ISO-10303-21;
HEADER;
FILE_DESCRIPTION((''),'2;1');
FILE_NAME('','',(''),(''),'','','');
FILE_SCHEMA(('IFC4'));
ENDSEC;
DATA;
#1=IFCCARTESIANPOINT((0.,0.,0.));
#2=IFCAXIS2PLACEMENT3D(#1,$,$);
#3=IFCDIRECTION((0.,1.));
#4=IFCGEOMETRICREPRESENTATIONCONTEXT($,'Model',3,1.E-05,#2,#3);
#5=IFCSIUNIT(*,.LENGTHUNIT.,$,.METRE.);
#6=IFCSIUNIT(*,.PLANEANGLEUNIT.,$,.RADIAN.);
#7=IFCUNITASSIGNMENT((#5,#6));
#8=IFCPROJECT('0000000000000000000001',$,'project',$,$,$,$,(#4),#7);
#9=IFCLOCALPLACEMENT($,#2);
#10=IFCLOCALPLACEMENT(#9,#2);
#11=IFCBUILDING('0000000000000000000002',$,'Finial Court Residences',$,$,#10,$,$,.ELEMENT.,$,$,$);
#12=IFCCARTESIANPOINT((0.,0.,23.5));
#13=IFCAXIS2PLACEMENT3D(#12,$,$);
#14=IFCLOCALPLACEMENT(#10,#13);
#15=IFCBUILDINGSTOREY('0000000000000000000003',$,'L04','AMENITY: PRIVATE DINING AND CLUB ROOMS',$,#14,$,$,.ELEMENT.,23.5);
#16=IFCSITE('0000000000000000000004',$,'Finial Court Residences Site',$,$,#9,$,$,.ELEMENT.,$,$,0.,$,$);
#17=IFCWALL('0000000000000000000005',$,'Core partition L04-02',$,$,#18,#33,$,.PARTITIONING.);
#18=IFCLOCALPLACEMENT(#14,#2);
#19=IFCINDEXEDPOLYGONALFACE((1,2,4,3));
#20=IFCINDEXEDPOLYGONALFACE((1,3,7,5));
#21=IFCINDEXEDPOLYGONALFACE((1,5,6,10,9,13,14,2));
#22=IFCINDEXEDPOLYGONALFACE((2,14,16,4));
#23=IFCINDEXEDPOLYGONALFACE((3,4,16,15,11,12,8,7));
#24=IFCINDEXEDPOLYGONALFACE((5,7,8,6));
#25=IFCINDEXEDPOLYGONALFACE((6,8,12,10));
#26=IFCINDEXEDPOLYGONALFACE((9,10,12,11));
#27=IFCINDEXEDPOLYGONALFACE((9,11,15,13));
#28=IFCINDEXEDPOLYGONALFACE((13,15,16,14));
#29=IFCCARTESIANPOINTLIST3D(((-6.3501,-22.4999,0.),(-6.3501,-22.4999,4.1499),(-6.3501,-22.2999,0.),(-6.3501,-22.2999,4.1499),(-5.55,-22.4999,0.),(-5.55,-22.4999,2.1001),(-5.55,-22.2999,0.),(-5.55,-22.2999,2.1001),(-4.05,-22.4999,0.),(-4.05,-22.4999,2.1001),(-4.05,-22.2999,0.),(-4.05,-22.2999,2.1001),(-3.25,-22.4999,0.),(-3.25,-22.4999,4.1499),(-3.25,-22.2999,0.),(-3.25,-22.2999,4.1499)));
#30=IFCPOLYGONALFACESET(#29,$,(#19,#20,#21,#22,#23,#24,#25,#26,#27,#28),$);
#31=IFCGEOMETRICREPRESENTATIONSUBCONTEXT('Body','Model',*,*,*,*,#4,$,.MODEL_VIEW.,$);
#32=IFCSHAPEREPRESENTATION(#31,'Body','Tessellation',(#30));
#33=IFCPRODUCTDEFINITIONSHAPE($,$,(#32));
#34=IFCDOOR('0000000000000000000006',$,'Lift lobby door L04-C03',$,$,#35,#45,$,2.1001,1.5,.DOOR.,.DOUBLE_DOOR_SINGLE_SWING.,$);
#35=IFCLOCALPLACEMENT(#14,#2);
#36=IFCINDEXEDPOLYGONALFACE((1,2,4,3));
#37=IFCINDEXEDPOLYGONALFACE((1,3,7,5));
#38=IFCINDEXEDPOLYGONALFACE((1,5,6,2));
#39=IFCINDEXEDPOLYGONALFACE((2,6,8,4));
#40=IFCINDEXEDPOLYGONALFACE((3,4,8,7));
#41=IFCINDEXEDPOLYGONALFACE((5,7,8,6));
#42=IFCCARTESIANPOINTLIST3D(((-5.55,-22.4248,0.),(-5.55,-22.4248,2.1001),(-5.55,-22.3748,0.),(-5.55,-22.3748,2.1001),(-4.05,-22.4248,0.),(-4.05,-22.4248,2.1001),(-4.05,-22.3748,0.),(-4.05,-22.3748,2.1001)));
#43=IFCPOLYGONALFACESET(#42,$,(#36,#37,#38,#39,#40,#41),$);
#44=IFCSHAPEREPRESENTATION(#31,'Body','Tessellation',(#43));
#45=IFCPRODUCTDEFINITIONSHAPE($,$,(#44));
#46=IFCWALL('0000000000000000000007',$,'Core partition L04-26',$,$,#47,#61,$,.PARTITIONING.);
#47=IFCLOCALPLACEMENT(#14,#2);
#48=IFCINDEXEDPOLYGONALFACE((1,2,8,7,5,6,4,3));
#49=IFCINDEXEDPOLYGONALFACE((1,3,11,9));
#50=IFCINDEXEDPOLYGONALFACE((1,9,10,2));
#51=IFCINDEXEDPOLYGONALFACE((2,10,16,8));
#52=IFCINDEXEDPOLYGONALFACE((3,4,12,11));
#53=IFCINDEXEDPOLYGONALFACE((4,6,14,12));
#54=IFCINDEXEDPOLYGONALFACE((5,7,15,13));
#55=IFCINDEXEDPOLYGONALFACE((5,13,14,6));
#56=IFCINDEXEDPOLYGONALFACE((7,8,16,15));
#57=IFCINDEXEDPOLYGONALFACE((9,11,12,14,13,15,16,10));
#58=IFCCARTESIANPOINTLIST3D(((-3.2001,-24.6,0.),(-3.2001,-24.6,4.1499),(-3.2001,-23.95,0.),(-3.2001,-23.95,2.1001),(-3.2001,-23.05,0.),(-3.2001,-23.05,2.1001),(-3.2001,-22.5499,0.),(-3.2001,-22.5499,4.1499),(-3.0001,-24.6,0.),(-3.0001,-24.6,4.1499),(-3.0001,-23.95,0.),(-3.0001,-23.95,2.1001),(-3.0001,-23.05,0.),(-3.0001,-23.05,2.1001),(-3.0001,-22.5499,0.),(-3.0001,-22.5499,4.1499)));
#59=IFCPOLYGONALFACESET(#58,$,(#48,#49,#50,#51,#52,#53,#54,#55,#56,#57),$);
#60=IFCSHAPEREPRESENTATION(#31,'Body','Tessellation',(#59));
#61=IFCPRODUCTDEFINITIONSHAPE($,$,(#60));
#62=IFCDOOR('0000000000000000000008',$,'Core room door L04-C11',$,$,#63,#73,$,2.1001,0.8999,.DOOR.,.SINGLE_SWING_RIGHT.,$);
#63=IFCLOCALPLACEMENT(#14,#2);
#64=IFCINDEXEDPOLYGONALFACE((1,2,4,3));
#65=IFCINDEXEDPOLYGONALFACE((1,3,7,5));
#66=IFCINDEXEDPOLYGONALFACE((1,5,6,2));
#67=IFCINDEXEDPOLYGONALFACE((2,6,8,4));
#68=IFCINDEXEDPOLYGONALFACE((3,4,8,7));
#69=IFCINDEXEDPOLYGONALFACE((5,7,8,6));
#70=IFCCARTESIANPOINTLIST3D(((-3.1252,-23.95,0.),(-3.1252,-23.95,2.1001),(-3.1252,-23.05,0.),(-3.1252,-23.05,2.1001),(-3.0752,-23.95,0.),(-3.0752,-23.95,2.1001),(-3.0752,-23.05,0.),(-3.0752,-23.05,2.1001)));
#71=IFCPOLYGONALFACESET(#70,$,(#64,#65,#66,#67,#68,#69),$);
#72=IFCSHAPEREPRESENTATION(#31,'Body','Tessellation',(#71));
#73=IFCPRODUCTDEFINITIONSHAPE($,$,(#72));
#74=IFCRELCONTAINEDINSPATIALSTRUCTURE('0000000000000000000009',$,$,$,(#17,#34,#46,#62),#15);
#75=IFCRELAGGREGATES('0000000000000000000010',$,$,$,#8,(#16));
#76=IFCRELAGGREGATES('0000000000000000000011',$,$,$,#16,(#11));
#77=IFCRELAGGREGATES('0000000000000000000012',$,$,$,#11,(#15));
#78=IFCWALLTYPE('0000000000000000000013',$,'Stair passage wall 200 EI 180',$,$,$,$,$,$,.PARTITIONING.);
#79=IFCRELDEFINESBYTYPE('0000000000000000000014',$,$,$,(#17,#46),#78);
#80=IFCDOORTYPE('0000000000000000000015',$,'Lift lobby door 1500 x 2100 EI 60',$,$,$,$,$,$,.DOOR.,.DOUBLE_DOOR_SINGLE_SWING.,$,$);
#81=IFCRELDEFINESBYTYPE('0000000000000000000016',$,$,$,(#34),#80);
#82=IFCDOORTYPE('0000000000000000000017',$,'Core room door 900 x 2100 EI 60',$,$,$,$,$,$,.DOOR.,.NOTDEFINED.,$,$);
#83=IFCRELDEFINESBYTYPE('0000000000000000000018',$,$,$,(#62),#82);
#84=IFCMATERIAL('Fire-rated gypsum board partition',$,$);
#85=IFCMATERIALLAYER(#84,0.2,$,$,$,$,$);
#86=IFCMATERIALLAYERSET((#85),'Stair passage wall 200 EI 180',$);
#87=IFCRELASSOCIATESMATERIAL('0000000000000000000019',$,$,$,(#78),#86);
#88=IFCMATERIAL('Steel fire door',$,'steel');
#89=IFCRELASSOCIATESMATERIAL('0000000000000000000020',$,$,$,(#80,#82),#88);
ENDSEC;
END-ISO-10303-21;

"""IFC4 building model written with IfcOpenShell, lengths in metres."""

from ifc_helpers import new_model, si_unit, direction, frame, frame_2d, origin, place, context, subcontext, project, spatial, rectangle, extrude, material, layer, layer_set, type_object, element, fill, save


model = new_model("IFC4")

# Units and contexts
model_context = context("Model", 3, precision=1e-05, world=origin(), true_north=direction((0.0, 1.0)))
body_context = subcontext(model_context, "Body", "Model", "MODEL_VIEW")
ifc_project = project(units=[si_unit("LENGTHUNIT", "METRE"), si_unit("PLANEANGLEUNIT", "RADIAN")], contexts=[model_context])

# Site, building, storey
site_placement = place(None, origin())
site = spatial("IfcSite", under=ifc_project, at=site_placement, Name="Finial Court Residences Site", CompositionType="ELEMENT", RefElevation=0.0)
building_placement = place(site_placement, origin())
building = spatial("IfcBuilding", under=site, at=building_placement, Name="Finial Court Residences", CompositionType="ELEMENT")
storey_placement = place(building_placement, frame((0.0, 0.0, 23.5)))
storey = spatial("IfcBuildingStorey", under=building, at=storey_placement, Name="L04", Description="AMENITY: PRIVATE DINING AND CLUB ROOMS", CompositionType="ELEMENT", Elevation=23.5)

# Shared definitions
ifc_material_1 = material(Name="Fire-rated gypsum board partition")
ifc_material_2 = material(Name="Steel fire door", Category="steel")

# Walls, openings, doors
ifc_layer_1 = layer(ifc_material_1, 0.2)
ifc_layer_set_1 = layer_set([ifc_layer_1], Name="Stair passage wall 200 EI 180")
wall_type_1 = type_object("IfcWallType", Name="Stair passage wall 200 EI 180", PredefinedType="PARTITIONING", material=ifc_layer_set_1)
wall_1_placement = place(storey_placement, frame((-3.25, -22.3999, 0.0), z_axis=(0.0, 0.0, 1.0), x_axis=(-1.0, 0.0, 0.0)))
wall_1 = element("IfcWall", 1, at=wall_1_placement, inside=storey, type_object=wall_type_1, Name="Core partition L04-02", PredefinedType="PARTITIONING", context=body_context, shape_type="SweptSolid", body=[
    extrude(rectangle(XDim=3.1001, YDim=0.2, at=frame_2d((1.55, 0.0))), origin(), (0.0, 0.0, 1.0), 4.1499),
])
opening_1_placement = place(wall_1_placement, frame((0.8, 0.0, 0.0)))
opening_1 = element("IfcOpeningElement", 2, at=opening_1_placement, cuts=wall_1, PredefinedType="OPENING", context=body_context, shape_type="SweptSolid", body=[
    extrude(rectangle(XDim=1.5, YDim=2.1001, at=frame_2d((0.75, 1.05))), frame((0.0, 0.1099, 0.0), z_axis=(0.0, -1.0, 0.0), x_axis=(1.0, 0.0, 0.0)), (0.0, 0.0, 1.0), 0.22),
])
door_type_1 = type_object("IfcDoorType", Name="Lift lobby door 1500 x 2100 EI 60", OperationType="DOUBLE_DOOR_SINGLE_SWING", PredefinedType="DOOR", material=ifc_material_2)
door_1_placement = place(opening_1_placement, origin())
door_1 = element("IfcDoor", 3, at=door_1_placement, inside=storey, type_object=door_type_1, Name="Lift lobby door L04-C03", OperationType="DOUBLE_DOOR_SINGLE_SWING", OverallHeight=2.1001, OverallWidth=1.5, PredefinedType="DOOR", context=body_context, shape_type="SweptSolid", body=[
    extrude(rectangle(XDim=1.5, YDim=2.1001, at=frame_2d((0.75, 1.05))), frame((0.0, 0.0249, 0.0), z_axis=(0.0, -1.0, 0.0), x_axis=(1.0, 0.0, 0.0)), (0.0, 0.0, 1.0), 0.05),
])
fill(opening_1, door_1)
wall_2_placement = place(storey_placement, frame((-3.1001, -22.55, 0.0), z_axis=(0.0, 0.0, 1.0), x_axis=(0.0, -1.0, 0.0)))
wall_2 = element("IfcWall", 4, at=wall_2_placement, inside=storey, type_object=wall_type_1, Name="Core partition L04-26", PredefinedType="PARTITIONING", context=body_context, shape_type="SweptSolid", body=[
    extrude(rectangle(XDim=2.05, YDim=0.2, at=frame_2d((1.0249, 0.0))), origin(), (0.0, 0.0, 1.0), 4.1499),
])
opening_2_placement = place(wall_2_placement, frame((0.5, 0.0, 0.0)))
opening_2 = element("IfcOpeningElement", 5, at=opening_2_placement, cuts=wall_2, PredefinedType="OPENING", context=body_context, shape_type="SweptSolid", body=[
    extrude(rectangle(XDim=0.8999, YDim=2.1001, at=frame_2d((0.45, 1.05))), frame((0.0, 0.1099, 0.0), z_axis=(0.0, -1.0, 0.0), x_axis=(1.0, 0.0, 0.0)), (0.0, 0.0, 1.0), 0.22),
])
door_type_2 = type_object("IfcDoorType", Name="Core room door 900 x 2100 EI 60", OperationType="NOTDEFINED", PredefinedType="DOOR", material=ifc_material_2)
door_2_placement = place(opening_2_placement, origin())
door_2 = element("IfcDoor", 6, at=door_2_placement, inside=storey, type_object=door_type_2, Name="Core room door L04-C11", OperationType="SINGLE_SWING_RIGHT", OverallHeight=2.1001, OverallWidth=0.8999, PredefinedType="DOOR", context=body_context, shape_type="SweptSolid", body=[
    extrude(rectangle(XDim=0.8999, YDim=2.1001, at=frame_2d((0.45, 1.05))), frame((0.0, 0.0249, 0.0), z_axis=(0.0, -1.0, 0.0), x_axis=(1.0, 0.0, 0.0)), (0.0, 0.0, 1.0), 0.05),
])
fill(opening_2, door_2)

save(model, "model.ifc")
